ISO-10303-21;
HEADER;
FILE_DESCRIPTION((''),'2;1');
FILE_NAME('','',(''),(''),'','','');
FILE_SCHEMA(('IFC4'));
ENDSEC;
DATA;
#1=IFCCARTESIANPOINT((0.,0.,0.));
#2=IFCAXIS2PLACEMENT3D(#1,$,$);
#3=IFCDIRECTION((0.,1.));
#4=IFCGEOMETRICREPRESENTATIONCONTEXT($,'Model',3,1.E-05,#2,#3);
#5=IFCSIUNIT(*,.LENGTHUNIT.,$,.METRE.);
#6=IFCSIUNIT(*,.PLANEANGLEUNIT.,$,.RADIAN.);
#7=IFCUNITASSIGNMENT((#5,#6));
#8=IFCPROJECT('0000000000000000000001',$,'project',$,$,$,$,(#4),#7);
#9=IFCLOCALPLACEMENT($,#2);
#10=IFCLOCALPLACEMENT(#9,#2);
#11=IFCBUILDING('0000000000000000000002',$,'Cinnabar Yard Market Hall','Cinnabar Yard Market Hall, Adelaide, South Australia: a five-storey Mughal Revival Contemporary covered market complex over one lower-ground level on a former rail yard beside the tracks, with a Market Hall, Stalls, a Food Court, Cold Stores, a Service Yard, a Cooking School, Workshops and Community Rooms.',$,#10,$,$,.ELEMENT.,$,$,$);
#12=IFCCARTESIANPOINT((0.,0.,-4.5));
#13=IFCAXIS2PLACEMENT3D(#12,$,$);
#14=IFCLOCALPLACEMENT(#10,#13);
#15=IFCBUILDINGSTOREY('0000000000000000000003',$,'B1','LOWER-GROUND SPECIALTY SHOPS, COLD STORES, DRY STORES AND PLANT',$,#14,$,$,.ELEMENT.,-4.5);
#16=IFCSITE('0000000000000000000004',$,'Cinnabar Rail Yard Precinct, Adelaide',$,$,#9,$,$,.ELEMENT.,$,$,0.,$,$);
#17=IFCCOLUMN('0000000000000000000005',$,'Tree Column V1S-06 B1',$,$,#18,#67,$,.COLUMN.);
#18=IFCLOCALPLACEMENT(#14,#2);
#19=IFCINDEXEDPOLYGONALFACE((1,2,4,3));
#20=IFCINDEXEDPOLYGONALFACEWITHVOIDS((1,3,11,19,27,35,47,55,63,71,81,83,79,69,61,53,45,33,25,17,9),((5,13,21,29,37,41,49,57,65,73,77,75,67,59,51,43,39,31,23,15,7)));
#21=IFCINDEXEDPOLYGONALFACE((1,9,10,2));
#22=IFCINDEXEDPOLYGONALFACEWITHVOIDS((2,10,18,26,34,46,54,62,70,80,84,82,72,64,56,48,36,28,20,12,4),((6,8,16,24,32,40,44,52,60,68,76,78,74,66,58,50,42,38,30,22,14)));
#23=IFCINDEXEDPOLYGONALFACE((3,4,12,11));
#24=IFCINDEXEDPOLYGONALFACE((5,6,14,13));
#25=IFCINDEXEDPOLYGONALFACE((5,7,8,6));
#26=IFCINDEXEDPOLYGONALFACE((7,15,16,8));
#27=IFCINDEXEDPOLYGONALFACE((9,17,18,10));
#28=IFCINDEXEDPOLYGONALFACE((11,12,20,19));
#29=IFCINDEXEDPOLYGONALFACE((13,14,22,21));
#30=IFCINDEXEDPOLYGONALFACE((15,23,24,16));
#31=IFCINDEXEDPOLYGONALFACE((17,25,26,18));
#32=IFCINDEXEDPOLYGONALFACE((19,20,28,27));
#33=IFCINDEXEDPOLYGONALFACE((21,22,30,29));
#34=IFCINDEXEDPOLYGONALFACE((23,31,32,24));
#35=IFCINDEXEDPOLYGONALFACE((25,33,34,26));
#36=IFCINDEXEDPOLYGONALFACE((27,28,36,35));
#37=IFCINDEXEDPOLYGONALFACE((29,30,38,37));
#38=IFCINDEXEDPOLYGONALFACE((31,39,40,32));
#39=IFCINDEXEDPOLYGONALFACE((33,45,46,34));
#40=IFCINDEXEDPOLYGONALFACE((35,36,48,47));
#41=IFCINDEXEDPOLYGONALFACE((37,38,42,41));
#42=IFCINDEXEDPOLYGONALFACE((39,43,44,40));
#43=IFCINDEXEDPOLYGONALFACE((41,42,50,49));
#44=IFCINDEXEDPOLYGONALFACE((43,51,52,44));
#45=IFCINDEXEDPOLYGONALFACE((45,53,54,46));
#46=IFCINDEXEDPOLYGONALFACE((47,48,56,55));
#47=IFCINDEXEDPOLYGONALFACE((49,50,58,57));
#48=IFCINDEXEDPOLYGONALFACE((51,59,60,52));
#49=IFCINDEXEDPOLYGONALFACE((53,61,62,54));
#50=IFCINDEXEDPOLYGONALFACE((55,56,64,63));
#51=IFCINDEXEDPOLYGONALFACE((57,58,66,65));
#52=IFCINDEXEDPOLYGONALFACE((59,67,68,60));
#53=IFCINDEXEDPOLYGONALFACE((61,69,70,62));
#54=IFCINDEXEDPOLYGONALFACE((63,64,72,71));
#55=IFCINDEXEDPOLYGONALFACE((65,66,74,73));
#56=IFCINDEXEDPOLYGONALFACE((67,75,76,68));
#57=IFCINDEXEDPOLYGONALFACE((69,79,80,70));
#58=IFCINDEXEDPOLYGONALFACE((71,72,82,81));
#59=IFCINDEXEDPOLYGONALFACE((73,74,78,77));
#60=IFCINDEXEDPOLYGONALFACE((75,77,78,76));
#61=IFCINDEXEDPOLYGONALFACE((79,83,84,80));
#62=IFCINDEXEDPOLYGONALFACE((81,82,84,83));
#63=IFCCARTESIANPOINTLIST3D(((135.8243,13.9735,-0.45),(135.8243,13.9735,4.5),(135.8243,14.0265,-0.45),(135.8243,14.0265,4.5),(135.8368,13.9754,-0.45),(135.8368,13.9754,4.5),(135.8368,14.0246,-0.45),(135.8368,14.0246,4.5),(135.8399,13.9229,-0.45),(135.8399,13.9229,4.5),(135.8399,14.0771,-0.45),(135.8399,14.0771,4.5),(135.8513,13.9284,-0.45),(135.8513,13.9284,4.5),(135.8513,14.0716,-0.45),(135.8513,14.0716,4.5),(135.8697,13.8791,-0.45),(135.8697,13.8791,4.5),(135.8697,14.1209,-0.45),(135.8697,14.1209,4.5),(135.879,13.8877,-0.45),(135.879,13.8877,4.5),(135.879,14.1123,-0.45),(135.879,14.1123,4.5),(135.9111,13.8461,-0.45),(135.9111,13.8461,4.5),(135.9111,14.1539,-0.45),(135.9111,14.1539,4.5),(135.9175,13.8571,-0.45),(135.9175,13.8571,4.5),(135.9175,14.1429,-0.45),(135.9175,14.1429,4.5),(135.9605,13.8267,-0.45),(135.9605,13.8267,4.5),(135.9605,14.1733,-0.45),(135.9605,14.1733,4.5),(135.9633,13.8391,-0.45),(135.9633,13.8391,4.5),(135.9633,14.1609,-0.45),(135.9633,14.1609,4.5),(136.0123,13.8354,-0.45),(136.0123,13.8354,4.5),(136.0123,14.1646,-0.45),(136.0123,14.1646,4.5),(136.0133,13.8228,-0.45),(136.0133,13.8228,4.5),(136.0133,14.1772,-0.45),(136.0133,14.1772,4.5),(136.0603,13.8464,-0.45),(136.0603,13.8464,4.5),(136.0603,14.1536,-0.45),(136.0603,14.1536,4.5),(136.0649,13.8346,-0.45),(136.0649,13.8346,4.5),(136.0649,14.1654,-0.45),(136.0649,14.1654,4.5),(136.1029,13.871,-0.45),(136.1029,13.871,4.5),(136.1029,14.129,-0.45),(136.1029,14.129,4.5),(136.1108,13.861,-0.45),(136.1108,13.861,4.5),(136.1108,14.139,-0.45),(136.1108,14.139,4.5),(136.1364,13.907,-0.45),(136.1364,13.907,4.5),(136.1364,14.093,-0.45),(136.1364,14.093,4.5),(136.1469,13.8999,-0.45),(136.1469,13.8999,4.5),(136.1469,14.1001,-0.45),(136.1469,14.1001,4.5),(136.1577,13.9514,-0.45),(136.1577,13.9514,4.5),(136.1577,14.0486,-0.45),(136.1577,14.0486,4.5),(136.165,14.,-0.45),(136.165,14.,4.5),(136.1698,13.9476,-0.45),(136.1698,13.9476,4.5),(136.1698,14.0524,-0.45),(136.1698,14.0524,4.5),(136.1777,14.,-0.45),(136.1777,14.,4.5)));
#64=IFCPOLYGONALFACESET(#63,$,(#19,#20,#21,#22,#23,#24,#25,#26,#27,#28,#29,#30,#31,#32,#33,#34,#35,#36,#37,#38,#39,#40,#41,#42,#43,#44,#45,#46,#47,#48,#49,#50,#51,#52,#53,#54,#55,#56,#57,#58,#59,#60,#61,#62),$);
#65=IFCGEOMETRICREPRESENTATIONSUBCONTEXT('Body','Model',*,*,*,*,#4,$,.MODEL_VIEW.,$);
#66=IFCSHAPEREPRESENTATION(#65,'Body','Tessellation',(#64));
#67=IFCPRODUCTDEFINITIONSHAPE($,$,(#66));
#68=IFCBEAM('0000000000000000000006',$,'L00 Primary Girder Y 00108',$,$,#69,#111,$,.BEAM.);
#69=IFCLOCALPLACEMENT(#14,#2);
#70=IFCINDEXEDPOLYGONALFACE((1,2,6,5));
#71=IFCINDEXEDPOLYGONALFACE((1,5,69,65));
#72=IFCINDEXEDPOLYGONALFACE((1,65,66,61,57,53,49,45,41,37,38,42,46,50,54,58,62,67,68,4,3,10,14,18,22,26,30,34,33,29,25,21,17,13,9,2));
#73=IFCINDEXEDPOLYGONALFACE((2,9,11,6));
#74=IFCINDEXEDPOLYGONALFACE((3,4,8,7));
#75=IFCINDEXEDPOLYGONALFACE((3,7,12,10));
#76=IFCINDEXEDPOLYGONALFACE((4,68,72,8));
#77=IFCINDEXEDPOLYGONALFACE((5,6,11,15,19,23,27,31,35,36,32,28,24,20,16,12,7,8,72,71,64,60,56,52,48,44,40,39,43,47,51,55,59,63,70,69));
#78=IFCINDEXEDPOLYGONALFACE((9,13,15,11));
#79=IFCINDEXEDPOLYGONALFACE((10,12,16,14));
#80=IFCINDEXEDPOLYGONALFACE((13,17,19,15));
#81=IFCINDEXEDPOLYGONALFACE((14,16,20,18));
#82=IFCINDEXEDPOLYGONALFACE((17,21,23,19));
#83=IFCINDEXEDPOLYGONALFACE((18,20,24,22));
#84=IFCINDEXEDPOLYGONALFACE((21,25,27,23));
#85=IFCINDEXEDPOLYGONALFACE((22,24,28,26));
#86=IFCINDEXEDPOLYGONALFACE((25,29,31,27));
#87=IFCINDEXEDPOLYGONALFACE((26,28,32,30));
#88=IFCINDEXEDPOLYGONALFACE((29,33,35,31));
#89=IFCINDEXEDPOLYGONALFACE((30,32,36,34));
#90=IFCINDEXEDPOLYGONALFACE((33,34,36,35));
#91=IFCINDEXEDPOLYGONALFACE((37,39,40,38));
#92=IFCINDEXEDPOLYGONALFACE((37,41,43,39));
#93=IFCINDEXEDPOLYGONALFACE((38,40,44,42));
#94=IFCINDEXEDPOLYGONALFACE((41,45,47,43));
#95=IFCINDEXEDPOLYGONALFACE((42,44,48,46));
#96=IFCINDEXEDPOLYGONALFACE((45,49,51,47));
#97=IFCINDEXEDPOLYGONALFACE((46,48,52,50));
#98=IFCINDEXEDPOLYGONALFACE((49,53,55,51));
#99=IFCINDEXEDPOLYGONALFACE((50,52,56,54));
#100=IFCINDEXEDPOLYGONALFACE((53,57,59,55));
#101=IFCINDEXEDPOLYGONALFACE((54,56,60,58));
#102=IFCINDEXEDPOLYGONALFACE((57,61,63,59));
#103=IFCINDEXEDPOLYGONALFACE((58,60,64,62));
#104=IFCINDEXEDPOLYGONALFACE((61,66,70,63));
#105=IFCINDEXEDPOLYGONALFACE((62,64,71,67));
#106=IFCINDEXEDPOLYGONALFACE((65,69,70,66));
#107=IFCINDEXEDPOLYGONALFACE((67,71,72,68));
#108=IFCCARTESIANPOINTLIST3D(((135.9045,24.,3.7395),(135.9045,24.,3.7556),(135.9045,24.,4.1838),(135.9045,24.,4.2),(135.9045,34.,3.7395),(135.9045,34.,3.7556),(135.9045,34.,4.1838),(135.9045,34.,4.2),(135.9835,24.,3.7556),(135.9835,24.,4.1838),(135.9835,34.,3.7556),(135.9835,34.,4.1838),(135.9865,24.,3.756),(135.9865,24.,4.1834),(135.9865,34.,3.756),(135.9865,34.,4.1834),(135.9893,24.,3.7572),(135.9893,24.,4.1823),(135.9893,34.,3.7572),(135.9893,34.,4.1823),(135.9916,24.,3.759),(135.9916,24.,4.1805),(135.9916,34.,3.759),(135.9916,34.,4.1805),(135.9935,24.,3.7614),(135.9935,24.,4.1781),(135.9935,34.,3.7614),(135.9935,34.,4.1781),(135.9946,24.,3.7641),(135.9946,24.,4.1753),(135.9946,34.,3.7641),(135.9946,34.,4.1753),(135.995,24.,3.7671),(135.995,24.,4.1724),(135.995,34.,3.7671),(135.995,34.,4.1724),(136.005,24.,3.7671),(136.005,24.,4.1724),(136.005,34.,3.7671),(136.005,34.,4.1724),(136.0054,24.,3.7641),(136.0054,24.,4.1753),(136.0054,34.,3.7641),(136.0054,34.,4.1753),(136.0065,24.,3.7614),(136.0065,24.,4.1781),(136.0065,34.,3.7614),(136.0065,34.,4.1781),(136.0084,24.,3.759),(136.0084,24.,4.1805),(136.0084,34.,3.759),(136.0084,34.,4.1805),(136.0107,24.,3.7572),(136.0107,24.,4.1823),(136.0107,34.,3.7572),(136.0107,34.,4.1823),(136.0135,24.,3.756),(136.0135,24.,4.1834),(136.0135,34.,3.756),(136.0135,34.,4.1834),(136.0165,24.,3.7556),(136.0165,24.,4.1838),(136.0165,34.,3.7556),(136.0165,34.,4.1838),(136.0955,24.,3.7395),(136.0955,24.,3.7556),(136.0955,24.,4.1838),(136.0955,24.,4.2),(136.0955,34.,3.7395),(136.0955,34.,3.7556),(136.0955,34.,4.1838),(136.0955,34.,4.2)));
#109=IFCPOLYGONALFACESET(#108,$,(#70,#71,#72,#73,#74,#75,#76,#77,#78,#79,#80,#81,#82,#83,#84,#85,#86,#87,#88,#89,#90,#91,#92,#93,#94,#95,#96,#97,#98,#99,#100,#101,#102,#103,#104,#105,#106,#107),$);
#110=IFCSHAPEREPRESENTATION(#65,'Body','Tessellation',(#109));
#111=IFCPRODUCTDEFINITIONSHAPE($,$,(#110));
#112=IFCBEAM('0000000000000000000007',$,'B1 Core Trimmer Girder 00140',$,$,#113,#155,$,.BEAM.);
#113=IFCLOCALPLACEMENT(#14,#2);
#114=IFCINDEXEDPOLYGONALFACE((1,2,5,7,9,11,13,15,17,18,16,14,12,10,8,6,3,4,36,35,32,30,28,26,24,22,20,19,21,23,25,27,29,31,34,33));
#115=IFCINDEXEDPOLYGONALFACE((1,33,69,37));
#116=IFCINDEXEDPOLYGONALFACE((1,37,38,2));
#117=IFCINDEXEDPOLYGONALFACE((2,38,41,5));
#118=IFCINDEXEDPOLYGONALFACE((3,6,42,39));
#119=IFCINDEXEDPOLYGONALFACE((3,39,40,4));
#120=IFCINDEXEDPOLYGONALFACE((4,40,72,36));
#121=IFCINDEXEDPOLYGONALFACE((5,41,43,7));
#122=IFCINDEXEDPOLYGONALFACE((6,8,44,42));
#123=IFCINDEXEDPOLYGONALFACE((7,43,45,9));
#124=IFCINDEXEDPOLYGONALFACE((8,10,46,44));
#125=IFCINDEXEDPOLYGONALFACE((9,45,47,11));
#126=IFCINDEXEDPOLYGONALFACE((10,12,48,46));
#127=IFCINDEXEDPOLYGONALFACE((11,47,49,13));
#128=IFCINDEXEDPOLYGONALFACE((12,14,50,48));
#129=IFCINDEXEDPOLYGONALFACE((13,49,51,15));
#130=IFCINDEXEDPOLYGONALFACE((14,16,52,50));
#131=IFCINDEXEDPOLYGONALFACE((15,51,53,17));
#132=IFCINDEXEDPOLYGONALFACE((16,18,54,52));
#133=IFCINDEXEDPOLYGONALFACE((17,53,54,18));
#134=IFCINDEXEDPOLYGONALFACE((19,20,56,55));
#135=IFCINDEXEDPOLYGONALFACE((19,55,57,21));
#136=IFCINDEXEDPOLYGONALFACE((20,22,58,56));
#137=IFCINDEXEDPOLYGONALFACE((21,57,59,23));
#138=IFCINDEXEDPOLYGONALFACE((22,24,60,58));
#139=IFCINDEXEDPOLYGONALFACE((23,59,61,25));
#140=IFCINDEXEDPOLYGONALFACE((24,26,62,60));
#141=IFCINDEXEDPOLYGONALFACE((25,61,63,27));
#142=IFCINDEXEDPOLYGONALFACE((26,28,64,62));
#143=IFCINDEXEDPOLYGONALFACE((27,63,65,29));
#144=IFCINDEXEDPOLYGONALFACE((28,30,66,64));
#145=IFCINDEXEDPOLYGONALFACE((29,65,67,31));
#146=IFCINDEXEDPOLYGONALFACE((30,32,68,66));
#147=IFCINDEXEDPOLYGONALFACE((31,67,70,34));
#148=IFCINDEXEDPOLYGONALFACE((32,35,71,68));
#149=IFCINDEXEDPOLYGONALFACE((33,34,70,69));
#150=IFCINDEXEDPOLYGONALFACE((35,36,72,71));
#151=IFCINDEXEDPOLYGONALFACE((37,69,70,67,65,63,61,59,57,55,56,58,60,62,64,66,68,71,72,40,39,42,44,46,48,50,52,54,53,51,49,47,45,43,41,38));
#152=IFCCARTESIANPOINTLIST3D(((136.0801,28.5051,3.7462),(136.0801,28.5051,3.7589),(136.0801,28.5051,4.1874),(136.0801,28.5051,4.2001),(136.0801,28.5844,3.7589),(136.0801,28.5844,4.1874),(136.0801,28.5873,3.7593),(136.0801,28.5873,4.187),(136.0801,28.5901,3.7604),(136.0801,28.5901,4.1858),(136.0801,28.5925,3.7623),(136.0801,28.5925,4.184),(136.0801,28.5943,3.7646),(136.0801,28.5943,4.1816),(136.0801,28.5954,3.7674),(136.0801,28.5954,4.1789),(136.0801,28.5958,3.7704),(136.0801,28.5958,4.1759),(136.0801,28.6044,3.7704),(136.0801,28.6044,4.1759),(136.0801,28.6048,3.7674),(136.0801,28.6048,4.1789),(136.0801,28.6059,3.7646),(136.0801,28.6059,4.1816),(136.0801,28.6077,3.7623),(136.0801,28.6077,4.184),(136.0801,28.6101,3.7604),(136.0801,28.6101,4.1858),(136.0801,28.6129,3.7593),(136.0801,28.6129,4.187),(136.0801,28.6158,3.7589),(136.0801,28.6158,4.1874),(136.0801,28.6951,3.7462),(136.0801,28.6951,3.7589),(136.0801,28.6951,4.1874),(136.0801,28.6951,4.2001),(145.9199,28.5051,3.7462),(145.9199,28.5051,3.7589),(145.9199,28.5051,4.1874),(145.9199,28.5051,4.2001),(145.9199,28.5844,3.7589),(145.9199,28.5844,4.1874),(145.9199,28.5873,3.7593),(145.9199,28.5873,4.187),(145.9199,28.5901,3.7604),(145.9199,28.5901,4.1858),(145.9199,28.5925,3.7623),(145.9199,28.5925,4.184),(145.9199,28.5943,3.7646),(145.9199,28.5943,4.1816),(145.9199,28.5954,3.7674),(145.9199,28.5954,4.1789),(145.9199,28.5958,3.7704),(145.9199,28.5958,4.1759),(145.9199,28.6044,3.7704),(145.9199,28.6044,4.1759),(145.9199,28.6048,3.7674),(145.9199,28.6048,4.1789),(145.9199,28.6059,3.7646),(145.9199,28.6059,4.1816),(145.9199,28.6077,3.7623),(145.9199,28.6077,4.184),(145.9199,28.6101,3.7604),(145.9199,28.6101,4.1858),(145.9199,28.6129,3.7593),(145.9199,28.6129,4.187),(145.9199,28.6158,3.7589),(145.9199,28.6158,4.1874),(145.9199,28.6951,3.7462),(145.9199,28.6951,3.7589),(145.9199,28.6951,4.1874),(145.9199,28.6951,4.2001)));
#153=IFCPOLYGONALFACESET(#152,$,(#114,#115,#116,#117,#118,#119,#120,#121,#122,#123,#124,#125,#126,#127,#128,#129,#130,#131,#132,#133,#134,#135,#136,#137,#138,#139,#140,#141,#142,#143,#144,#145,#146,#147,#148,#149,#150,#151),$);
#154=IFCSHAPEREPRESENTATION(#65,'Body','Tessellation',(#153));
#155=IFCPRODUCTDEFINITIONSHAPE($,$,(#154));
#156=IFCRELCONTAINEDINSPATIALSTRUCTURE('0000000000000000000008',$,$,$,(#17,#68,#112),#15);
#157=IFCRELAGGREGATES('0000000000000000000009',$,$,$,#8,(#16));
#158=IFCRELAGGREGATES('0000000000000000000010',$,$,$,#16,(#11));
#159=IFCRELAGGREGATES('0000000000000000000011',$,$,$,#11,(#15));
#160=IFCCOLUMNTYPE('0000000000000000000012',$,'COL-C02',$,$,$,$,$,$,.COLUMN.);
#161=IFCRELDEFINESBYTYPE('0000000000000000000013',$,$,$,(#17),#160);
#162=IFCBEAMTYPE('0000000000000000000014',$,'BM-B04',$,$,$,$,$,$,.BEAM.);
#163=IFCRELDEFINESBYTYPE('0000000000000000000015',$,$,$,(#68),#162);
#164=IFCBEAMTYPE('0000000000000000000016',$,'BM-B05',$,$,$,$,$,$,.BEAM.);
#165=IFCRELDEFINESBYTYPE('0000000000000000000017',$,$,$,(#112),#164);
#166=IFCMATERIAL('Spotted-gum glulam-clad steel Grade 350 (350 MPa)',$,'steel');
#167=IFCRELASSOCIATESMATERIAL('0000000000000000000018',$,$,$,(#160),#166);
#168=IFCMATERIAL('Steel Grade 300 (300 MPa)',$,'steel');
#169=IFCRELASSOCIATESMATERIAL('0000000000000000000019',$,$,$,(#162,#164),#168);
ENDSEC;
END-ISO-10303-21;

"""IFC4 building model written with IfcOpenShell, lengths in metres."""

from ifc_helpers import new_model, si_unit, direction, frame, origin, origin_2d_with_axis, place, context, subcontext, project, spatial, hollow_circle, i_section, extrude, material, material_profile, profile_set, type_object, element, save


model = new_model("IFC4")

# Units and contexts
model_context = context("Model", 3, precision=1e-05, world=origin(), true_north=direction((0.0, 1.0)))
body_context = subcontext(model_context, "Body", "Model", "MODEL_VIEW")
ifc_project = project(units=[si_unit("LENGTHUNIT", "METRE"), si_unit("PLANEANGLEUNIT", "RADIAN")], contexts=[model_context])

# Site, building, storey
site_placement = place(None, origin())
site = spatial("IfcSite", under=ifc_project, at=site_placement, Name="Cinnabar Rail Yard Precinct, Adelaide", CompositionType="ELEMENT", RefElevation=0.0)
building_placement = place(site_placement, origin())
building = spatial("IfcBuilding", under=site, at=building_placement, Name="Cinnabar Yard Market Hall", Description="Cinnabar Yard Market Hall, Adelaide, South Australia: a five-storey Mughal Revival Contemporary covered market complex over one lower-ground level on a former rail yard beside the tracks, with a Market Hall, Stalls, a Food Court, Cold Stores, a Service Yard, a Cooking School, Workshops and Community Rooms.", CompositionType="ELEMENT")
storey_placement = place(building_placement, frame((0.0, 0.0, -4.5)))
storey = spatial("IfcBuildingStorey", under=building, at=storey_placement, Name="B1", Description="LOWER-GROUND SPECIALTY SHOPS, COLD STORES, DRY STORES AND PLANT", CompositionType="ELEMENT", Elevation=-4.5)

# Column
ifc_material_1 = material(Name="Spotted-gum glulam-clad steel Grade 350 (350 MPa)", Category="steel")
ifc_material_profile_1 = material_profile(ifc_material_1, hollow_circle(Radius=0.1777, WallThickness=0.0127, at=origin_2d_with_axis()), Name="355.6x12.7CHS")
ifc_profile_set_1 = profile_set([ifc_material_profile_1], Name="Spotted-gum glulam-clad steel Grade 350 (350 MPa)")
column_type_1 = type_object("IfcColumnType", Name="COL-C02", PredefinedType="COLUMN", material=ifc_profile_set_1)
column_1_placement = place(storey_placement, frame((136.0, 14.0, -0.45), z_axis=(0.0, 0.0, 1.0), x_axis=(1.0, 0.0, 0.0)))
element("IfcColumn", 1, at=column_1_placement, inside=storey, type_object=column_type_1, Name="Tree Column V1S-06 B1", PredefinedType="COLUMN", context=body_context, shape_type="SweptSolid", body=[
    extrude(hollow_circle(Radius=0.1777, WallThickness=0.0127, at=origin_2d_with_axis()), origin(), (0.0, 0.0, 1.0), 4.95),
])

# Beams
ifc_material_2 = material(Name="Steel Grade 300 (300 MPa)", Category="steel")
ifc_material_profile_2 = material_profile(ifc_material_2, i_section(OverallWidth=0.1909, OverallDepth=0.4604, WebThickness=0.01, FlangeThickness=0.0161, FilletRadius=0.0115, at=origin_2d_with_axis()), Name="460UB82.1")
ifc_profile_set_2 = profile_set([ifc_material_profile_2], Name="Steel Grade 300 (300 MPa)")
beam_type_1 = type_object("IfcBeamType", Name="BM-B04", PredefinedType="BEAM", material=ifc_profile_set_2)
beam_1_placement = place(storey_placement, frame((136.0, 24.0, 3.9697), z_axis=(0.0, 1.0, 0.0), x_axis=(-1.0, 0.0, 0.0)))
element("IfcBeam", 2, at=beam_1_placement, inside=storey, type_object=beam_type_1, Name="L00 Primary Girder Y 00108", PredefinedType="BEAM", context=body_context, shape_type="SweptSolid", body=[
    extrude(i_section(OverallWidth=0.1909, OverallDepth=0.4604, WebThickness=0.01, FlangeThickness=0.0161, FilletRadius=0.0115, at=origin_2d_with_axis()), origin(), (0.0, 0.0, 1.0), 10.0),
])
ifc_material_profile_3 = material_profile(ifc_material_2, i_section(OverallWidth=0.1899, OverallDepth=0.4539, WebThickness=0.0085, FlangeThickness=0.0127, FilletRadius=0.0115, at=origin_2d_with_axis()), Name="460UB67.1")
ifc_profile_set_3 = profile_set([ifc_material_profile_3], Name="Steel Grade 300 (300 MPa)")
beam_type_2 = type_object("IfcBeamType", Name="BM-B05", PredefinedType="BEAM", material=ifc_profile_set_3)
beam_2_placement = place(storey_placement, frame((136.0801, 28.6001, 3.9731), z_axis=(1.0, 0.0, 0.0), x_axis=(0.0, 1.0, 0.0)))
element("IfcBeam", 3, at=beam_2_placement, inside=storey, type_object=beam_type_2, Name="B1 Core Trimmer Girder 00140", PredefinedType="BEAM", context=body_context, shape_type="SweptSolid", body=[
    extrude(i_section(OverallWidth=0.1899, OverallDepth=0.4539, WebThickness=0.0085, FlangeThickness=0.0127, FilletRadius=0.0115, at=origin_2d_with_axis()), origin(), (0.0, 0.0, 1.0), 9.8398),
])

save(model, "model.ifc")
